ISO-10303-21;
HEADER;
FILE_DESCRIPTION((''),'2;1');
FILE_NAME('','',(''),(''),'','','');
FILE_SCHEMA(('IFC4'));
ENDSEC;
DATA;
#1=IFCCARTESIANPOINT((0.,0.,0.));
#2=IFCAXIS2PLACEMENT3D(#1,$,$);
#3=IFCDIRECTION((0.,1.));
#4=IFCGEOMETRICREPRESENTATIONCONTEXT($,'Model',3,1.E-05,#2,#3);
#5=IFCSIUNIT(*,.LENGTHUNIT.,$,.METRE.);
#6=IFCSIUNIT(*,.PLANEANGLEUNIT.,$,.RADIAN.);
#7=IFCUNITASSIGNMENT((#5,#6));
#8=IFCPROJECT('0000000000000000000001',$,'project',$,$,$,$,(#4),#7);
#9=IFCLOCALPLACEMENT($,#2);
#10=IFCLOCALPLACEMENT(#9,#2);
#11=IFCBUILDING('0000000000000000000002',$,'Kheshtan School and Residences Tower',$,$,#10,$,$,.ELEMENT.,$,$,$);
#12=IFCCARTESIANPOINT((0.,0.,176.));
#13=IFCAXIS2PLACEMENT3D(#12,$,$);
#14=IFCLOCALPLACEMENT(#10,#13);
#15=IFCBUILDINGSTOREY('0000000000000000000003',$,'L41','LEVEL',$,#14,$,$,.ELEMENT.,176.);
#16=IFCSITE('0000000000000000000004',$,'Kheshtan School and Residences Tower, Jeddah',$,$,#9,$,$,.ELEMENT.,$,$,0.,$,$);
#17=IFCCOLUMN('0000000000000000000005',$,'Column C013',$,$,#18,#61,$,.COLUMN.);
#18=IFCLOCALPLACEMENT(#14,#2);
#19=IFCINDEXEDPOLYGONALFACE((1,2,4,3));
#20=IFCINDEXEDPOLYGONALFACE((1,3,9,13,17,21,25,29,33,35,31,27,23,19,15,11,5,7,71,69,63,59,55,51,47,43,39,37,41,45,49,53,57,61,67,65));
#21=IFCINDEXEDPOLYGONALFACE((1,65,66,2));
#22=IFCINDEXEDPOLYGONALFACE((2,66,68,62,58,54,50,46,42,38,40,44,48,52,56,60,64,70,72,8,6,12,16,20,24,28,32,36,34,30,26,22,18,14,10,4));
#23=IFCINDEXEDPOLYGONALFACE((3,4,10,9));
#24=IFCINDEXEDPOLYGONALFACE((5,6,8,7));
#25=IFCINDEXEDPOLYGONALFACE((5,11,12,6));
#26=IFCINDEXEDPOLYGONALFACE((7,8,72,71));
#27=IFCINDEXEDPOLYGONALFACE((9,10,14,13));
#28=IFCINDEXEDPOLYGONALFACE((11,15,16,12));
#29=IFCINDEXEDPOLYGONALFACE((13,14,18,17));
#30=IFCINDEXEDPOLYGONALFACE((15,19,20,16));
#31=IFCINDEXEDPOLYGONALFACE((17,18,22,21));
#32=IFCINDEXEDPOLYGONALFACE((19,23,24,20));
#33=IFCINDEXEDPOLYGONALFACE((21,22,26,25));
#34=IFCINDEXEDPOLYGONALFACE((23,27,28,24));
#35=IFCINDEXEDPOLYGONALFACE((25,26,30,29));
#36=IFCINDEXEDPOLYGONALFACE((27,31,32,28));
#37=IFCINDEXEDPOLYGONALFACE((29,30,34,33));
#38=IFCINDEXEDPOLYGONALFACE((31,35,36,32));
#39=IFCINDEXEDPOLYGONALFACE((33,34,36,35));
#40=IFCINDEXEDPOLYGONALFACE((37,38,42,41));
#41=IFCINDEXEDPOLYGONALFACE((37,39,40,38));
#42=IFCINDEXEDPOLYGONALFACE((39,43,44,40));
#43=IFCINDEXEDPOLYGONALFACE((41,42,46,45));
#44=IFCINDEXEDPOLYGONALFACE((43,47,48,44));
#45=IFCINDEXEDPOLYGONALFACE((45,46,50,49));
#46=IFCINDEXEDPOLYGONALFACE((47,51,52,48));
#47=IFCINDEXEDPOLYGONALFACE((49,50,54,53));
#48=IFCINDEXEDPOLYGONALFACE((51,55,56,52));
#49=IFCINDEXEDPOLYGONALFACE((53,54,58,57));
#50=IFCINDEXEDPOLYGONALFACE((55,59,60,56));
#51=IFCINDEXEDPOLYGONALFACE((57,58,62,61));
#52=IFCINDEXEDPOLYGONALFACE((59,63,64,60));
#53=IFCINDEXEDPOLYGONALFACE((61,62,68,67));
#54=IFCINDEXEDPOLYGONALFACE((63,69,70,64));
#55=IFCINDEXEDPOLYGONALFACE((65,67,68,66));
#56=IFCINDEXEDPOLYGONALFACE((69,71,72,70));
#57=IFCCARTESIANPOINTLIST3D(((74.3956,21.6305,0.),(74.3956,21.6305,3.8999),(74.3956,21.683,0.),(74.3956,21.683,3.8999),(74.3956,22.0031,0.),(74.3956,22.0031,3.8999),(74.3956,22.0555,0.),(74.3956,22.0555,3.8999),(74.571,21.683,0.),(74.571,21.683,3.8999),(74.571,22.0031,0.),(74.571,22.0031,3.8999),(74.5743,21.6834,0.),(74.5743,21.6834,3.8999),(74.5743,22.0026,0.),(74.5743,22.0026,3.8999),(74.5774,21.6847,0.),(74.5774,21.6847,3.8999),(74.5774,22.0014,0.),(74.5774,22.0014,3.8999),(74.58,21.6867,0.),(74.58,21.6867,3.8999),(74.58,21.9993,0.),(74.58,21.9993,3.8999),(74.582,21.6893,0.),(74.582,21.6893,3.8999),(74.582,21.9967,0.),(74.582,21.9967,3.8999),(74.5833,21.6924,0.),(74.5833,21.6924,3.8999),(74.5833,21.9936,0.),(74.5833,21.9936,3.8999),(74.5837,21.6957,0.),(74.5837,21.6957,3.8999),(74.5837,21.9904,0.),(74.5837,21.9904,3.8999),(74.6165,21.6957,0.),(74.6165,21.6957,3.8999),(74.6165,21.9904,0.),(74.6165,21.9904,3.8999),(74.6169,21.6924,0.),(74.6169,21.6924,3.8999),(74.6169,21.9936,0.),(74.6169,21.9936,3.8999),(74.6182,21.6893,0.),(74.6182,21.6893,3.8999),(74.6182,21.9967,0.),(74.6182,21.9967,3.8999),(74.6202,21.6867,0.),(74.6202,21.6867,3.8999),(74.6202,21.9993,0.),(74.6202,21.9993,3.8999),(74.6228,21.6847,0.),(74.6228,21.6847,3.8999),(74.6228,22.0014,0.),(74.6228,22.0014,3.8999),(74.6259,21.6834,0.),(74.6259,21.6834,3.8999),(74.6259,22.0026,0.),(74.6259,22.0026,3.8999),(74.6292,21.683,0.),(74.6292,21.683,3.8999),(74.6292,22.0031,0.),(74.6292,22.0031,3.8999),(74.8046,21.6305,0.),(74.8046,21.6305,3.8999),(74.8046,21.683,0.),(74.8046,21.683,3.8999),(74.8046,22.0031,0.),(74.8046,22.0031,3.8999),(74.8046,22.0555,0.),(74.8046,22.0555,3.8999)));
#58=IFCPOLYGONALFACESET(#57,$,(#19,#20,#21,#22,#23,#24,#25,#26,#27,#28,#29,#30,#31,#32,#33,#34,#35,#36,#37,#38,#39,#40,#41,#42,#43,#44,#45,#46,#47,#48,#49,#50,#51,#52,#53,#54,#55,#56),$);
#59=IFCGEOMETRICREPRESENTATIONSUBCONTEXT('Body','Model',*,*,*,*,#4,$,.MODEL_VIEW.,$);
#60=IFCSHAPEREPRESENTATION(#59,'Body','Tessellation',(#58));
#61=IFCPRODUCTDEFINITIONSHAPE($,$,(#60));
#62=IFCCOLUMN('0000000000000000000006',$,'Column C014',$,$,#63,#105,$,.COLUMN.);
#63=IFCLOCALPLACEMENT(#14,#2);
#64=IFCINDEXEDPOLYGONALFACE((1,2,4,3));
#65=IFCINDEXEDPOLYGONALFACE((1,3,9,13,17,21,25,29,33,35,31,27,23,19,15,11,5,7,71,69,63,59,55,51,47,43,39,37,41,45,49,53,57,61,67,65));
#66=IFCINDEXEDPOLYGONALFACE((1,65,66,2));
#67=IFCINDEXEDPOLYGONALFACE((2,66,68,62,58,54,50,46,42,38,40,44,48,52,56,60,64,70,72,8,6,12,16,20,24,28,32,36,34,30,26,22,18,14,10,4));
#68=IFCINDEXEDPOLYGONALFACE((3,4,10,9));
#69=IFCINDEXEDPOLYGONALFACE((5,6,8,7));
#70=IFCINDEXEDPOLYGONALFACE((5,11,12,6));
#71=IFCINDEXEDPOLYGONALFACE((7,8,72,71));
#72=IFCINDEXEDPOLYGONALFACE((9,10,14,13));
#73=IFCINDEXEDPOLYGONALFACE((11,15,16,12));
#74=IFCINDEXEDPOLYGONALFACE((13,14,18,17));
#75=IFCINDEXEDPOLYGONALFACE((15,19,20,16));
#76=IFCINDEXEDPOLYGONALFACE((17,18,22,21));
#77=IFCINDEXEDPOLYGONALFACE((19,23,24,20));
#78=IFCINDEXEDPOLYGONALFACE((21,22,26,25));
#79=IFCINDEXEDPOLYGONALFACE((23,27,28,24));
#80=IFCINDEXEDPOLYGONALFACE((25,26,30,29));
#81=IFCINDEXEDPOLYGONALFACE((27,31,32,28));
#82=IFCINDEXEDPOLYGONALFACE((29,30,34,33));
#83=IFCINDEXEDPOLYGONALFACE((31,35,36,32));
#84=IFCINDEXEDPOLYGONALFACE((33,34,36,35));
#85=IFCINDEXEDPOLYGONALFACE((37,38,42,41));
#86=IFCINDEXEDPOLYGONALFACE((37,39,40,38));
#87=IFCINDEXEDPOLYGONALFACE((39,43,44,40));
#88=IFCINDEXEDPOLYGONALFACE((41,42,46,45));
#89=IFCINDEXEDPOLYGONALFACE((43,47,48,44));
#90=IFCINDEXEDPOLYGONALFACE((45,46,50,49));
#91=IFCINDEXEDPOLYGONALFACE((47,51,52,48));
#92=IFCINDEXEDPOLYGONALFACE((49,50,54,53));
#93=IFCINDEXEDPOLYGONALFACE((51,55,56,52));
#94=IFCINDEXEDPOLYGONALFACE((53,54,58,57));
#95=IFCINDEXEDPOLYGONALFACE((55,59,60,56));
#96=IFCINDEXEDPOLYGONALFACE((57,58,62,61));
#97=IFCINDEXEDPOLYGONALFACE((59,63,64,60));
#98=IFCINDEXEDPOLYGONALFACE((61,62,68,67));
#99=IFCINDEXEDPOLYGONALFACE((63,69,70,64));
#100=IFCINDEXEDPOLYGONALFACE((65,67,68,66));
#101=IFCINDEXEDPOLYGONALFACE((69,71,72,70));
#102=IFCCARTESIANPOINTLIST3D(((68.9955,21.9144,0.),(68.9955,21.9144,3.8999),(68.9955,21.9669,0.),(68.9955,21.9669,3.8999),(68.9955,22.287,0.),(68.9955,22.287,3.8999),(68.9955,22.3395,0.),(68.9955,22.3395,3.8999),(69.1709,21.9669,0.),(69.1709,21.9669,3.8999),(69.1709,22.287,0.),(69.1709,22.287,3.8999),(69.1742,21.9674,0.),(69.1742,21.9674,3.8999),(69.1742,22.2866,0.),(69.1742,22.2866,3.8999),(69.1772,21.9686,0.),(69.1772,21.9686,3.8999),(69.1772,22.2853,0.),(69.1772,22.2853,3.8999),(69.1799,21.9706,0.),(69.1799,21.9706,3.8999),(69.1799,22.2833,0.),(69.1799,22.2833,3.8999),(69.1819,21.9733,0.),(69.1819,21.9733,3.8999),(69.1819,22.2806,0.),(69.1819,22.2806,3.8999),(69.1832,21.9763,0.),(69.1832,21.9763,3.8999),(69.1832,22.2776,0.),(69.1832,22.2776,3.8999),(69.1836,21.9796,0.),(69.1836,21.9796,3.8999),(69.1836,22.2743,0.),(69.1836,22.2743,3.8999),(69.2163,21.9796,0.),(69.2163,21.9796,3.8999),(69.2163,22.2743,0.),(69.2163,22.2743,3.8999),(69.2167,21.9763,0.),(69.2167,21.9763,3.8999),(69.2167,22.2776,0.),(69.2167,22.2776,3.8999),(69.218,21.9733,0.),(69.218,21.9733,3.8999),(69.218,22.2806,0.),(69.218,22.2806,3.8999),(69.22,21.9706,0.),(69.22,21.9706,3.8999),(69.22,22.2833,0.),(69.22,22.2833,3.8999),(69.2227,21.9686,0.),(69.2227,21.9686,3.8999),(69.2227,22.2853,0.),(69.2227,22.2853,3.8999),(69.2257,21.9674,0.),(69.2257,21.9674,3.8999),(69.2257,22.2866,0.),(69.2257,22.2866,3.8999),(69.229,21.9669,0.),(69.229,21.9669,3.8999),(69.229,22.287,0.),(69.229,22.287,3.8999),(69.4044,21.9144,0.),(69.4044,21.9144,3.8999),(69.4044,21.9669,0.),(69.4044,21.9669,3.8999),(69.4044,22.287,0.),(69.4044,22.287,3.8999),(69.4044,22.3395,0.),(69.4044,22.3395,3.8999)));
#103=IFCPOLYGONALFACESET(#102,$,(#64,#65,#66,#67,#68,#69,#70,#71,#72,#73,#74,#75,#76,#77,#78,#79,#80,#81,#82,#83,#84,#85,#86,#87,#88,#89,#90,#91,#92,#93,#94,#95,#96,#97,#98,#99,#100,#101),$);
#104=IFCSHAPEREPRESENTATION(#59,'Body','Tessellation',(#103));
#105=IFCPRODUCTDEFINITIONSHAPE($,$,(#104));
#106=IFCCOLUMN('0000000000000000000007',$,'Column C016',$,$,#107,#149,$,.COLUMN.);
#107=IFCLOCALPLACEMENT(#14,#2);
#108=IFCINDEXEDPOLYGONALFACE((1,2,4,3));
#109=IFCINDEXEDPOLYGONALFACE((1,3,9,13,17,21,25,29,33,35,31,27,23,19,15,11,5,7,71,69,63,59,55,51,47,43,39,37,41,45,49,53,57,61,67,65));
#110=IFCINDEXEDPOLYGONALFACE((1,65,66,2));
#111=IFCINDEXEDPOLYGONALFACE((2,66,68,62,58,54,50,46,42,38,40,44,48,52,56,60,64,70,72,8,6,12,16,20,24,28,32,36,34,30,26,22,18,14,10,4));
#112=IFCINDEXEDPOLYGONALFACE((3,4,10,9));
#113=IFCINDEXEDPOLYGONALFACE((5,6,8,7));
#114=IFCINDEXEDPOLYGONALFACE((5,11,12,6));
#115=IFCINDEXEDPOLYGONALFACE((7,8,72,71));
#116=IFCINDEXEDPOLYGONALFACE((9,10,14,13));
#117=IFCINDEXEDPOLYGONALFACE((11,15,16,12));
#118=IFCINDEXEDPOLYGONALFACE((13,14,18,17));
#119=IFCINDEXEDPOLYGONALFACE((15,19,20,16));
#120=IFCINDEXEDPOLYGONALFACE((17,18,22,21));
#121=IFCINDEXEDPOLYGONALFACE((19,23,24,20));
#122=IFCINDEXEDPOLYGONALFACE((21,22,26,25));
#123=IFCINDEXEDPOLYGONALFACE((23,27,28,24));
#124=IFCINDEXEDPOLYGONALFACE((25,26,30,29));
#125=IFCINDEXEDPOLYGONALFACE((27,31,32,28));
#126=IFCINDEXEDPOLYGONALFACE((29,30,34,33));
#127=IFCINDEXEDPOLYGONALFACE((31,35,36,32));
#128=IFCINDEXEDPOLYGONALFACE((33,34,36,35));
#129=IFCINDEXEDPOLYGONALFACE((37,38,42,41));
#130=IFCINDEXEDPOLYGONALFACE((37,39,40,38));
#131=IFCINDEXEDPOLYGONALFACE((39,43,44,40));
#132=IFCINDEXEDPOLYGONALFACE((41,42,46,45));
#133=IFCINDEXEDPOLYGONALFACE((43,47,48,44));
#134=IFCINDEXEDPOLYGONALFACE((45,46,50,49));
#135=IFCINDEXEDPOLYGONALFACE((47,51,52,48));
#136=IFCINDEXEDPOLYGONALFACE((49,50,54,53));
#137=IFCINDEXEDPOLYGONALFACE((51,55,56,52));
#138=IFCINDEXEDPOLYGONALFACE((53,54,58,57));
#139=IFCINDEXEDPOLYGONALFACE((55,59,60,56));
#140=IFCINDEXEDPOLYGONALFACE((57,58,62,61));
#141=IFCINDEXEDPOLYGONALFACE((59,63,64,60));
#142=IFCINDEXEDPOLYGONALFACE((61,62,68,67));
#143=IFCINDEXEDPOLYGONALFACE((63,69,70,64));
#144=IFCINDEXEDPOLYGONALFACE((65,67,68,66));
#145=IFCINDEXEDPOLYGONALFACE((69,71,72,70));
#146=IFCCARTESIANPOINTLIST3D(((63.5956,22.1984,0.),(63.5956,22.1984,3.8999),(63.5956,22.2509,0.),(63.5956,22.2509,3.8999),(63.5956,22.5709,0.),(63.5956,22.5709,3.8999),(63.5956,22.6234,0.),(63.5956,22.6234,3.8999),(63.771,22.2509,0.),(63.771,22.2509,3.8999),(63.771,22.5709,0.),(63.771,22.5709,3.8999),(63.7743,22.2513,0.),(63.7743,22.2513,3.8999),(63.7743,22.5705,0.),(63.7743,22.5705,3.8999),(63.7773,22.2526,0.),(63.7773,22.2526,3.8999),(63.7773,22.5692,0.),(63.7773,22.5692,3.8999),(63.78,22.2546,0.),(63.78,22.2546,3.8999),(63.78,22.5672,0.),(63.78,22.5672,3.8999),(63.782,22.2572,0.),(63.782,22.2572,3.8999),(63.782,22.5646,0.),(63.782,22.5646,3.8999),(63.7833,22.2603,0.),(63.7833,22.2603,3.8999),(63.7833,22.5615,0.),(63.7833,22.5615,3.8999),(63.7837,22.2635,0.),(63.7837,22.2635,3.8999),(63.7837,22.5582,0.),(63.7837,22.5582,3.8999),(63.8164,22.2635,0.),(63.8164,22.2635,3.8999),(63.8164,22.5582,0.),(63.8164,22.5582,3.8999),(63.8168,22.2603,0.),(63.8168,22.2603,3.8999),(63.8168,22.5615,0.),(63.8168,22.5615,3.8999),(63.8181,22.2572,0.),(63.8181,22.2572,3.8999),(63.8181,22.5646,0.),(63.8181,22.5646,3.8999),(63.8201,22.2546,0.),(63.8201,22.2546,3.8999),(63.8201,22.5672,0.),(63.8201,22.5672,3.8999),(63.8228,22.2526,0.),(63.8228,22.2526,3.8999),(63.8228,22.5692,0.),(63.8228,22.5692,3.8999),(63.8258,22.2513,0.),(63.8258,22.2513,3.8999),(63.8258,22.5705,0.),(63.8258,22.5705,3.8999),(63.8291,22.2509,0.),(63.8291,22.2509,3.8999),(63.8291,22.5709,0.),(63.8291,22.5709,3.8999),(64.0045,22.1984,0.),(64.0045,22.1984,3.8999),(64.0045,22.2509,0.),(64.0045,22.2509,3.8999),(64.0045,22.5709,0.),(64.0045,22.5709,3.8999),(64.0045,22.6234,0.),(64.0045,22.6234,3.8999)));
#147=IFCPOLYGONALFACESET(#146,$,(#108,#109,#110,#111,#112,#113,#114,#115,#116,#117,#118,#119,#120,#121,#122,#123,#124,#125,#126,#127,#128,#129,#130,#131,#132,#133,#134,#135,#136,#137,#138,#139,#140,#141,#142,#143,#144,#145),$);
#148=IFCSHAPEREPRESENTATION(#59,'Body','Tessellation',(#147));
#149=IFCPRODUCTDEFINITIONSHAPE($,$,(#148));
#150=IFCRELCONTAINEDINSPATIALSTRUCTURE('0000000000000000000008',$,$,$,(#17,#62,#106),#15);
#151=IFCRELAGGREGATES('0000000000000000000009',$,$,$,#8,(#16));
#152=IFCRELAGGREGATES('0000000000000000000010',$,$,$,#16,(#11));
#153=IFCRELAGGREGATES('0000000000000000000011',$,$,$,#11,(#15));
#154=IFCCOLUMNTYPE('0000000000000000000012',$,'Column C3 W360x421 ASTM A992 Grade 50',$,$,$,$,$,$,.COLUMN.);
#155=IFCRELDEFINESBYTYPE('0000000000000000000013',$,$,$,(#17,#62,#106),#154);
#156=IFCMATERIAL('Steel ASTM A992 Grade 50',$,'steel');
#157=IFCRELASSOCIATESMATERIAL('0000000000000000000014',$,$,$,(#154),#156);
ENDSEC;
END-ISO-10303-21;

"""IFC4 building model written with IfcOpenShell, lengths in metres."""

from ifc_helpers import new_model, si_unit, direction, frame, origin, origin_2d, place, context, subcontext, project, spatial, i_section, extrude, material, material_profile, profile_set, type_object, element, save


model = new_model("IFC4")

# Units and contexts
model_context = context("Model", 3, precision=1e-05, world=origin(), true_north=direction((0.0, 1.0)))
body_context = subcontext(model_context, "Body", "Model", "MODEL_VIEW")
ifc_project = project(units=[si_unit("LENGTHUNIT", "METRE"), si_unit("PLANEANGLEUNIT", "RADIAN")], contexts=[model_context])

# Site, building, storey
site_placement = place(None, origin())
site = spatial("IfcSite", under=ifc_project, at=site_placement, Name="Kheshtan School and Residences Tower, Jeddah", CompositionType="ELEMENT", RefElevation=0.0)
building_placement = place(site_placement, origin())
building = spatial("IfcBuilding", under=site, at=building_placement, Name="Kheshtan School and Residences Tower", CompositionType="ELEMENT")
storey_placement = place(building_placement, frame((0.0, 0.0, 176.0)))
storey = spatial("IfcBuildingStorey", under=building, at=storey_placement, Name="L41", Description="LEVEL", CompositionType="ELEMENT", Elevation=176.0)

# Columns
ifc_material_1 = material(Name="Steel ASTM A992 Grade 50", Category="steel")
ifc_material_profile_1 = material_profile(ifc_material_1, i_section(OverallWidth=0.4089, OverallDepth=0.425, WebThickness=0.0327, FlangeThickness=0.0525, FilletRadius=0.0127, at=origin_2d()), Name="W360x421")
ifc_profile_set_1 = profile_set([ifc_material_profile_1], Name="Steel ASTM A992 Grade 50")
column_type_1 = type_object("IfcColumnType", Name="Column C3 W360x421 ASTM A992 Grade 50", PredefinedType="COLUMN", material=ifc_profile_set_1)
for number, where, z_axis, x_axis, name in (
    (1, (74.6001, 21.843, 0.0), (0.0, 0.0, 1.0), (1.0, 0.0, 0.0), "Column C013"),
    (2, (69.2, 22.127, 0.0), (0.0, 0.0, 1.0), (1.0, 0.0, 0.0), "Column C014"),
    (3, (63.8, 22.4109, 0.0), (0.0, 0.0, 1.0), (1.0, 0.0, 0.0), "Column C016"),
):
    element("IfcColumn", number, at=place(storey_placement, frame(where, z_axis=z_axis, x_axis=x_axis)), inside=storey, type_object=column_type_1, Name=name, PredefinedType="COLUMN", context=body_context, shape_type="SweptSolid", body=[
        extrude(i_section(OverallWidth=0.4089, OverallDepth=0.425, WebThickness=0.0327, FlangeThickness=0.0525, FilletRadius=0.0127, at=origin_2d()), origin(), (0.0, 0.0, 1.0), 3.8999),
    ])

save(model, "model.ifc")
